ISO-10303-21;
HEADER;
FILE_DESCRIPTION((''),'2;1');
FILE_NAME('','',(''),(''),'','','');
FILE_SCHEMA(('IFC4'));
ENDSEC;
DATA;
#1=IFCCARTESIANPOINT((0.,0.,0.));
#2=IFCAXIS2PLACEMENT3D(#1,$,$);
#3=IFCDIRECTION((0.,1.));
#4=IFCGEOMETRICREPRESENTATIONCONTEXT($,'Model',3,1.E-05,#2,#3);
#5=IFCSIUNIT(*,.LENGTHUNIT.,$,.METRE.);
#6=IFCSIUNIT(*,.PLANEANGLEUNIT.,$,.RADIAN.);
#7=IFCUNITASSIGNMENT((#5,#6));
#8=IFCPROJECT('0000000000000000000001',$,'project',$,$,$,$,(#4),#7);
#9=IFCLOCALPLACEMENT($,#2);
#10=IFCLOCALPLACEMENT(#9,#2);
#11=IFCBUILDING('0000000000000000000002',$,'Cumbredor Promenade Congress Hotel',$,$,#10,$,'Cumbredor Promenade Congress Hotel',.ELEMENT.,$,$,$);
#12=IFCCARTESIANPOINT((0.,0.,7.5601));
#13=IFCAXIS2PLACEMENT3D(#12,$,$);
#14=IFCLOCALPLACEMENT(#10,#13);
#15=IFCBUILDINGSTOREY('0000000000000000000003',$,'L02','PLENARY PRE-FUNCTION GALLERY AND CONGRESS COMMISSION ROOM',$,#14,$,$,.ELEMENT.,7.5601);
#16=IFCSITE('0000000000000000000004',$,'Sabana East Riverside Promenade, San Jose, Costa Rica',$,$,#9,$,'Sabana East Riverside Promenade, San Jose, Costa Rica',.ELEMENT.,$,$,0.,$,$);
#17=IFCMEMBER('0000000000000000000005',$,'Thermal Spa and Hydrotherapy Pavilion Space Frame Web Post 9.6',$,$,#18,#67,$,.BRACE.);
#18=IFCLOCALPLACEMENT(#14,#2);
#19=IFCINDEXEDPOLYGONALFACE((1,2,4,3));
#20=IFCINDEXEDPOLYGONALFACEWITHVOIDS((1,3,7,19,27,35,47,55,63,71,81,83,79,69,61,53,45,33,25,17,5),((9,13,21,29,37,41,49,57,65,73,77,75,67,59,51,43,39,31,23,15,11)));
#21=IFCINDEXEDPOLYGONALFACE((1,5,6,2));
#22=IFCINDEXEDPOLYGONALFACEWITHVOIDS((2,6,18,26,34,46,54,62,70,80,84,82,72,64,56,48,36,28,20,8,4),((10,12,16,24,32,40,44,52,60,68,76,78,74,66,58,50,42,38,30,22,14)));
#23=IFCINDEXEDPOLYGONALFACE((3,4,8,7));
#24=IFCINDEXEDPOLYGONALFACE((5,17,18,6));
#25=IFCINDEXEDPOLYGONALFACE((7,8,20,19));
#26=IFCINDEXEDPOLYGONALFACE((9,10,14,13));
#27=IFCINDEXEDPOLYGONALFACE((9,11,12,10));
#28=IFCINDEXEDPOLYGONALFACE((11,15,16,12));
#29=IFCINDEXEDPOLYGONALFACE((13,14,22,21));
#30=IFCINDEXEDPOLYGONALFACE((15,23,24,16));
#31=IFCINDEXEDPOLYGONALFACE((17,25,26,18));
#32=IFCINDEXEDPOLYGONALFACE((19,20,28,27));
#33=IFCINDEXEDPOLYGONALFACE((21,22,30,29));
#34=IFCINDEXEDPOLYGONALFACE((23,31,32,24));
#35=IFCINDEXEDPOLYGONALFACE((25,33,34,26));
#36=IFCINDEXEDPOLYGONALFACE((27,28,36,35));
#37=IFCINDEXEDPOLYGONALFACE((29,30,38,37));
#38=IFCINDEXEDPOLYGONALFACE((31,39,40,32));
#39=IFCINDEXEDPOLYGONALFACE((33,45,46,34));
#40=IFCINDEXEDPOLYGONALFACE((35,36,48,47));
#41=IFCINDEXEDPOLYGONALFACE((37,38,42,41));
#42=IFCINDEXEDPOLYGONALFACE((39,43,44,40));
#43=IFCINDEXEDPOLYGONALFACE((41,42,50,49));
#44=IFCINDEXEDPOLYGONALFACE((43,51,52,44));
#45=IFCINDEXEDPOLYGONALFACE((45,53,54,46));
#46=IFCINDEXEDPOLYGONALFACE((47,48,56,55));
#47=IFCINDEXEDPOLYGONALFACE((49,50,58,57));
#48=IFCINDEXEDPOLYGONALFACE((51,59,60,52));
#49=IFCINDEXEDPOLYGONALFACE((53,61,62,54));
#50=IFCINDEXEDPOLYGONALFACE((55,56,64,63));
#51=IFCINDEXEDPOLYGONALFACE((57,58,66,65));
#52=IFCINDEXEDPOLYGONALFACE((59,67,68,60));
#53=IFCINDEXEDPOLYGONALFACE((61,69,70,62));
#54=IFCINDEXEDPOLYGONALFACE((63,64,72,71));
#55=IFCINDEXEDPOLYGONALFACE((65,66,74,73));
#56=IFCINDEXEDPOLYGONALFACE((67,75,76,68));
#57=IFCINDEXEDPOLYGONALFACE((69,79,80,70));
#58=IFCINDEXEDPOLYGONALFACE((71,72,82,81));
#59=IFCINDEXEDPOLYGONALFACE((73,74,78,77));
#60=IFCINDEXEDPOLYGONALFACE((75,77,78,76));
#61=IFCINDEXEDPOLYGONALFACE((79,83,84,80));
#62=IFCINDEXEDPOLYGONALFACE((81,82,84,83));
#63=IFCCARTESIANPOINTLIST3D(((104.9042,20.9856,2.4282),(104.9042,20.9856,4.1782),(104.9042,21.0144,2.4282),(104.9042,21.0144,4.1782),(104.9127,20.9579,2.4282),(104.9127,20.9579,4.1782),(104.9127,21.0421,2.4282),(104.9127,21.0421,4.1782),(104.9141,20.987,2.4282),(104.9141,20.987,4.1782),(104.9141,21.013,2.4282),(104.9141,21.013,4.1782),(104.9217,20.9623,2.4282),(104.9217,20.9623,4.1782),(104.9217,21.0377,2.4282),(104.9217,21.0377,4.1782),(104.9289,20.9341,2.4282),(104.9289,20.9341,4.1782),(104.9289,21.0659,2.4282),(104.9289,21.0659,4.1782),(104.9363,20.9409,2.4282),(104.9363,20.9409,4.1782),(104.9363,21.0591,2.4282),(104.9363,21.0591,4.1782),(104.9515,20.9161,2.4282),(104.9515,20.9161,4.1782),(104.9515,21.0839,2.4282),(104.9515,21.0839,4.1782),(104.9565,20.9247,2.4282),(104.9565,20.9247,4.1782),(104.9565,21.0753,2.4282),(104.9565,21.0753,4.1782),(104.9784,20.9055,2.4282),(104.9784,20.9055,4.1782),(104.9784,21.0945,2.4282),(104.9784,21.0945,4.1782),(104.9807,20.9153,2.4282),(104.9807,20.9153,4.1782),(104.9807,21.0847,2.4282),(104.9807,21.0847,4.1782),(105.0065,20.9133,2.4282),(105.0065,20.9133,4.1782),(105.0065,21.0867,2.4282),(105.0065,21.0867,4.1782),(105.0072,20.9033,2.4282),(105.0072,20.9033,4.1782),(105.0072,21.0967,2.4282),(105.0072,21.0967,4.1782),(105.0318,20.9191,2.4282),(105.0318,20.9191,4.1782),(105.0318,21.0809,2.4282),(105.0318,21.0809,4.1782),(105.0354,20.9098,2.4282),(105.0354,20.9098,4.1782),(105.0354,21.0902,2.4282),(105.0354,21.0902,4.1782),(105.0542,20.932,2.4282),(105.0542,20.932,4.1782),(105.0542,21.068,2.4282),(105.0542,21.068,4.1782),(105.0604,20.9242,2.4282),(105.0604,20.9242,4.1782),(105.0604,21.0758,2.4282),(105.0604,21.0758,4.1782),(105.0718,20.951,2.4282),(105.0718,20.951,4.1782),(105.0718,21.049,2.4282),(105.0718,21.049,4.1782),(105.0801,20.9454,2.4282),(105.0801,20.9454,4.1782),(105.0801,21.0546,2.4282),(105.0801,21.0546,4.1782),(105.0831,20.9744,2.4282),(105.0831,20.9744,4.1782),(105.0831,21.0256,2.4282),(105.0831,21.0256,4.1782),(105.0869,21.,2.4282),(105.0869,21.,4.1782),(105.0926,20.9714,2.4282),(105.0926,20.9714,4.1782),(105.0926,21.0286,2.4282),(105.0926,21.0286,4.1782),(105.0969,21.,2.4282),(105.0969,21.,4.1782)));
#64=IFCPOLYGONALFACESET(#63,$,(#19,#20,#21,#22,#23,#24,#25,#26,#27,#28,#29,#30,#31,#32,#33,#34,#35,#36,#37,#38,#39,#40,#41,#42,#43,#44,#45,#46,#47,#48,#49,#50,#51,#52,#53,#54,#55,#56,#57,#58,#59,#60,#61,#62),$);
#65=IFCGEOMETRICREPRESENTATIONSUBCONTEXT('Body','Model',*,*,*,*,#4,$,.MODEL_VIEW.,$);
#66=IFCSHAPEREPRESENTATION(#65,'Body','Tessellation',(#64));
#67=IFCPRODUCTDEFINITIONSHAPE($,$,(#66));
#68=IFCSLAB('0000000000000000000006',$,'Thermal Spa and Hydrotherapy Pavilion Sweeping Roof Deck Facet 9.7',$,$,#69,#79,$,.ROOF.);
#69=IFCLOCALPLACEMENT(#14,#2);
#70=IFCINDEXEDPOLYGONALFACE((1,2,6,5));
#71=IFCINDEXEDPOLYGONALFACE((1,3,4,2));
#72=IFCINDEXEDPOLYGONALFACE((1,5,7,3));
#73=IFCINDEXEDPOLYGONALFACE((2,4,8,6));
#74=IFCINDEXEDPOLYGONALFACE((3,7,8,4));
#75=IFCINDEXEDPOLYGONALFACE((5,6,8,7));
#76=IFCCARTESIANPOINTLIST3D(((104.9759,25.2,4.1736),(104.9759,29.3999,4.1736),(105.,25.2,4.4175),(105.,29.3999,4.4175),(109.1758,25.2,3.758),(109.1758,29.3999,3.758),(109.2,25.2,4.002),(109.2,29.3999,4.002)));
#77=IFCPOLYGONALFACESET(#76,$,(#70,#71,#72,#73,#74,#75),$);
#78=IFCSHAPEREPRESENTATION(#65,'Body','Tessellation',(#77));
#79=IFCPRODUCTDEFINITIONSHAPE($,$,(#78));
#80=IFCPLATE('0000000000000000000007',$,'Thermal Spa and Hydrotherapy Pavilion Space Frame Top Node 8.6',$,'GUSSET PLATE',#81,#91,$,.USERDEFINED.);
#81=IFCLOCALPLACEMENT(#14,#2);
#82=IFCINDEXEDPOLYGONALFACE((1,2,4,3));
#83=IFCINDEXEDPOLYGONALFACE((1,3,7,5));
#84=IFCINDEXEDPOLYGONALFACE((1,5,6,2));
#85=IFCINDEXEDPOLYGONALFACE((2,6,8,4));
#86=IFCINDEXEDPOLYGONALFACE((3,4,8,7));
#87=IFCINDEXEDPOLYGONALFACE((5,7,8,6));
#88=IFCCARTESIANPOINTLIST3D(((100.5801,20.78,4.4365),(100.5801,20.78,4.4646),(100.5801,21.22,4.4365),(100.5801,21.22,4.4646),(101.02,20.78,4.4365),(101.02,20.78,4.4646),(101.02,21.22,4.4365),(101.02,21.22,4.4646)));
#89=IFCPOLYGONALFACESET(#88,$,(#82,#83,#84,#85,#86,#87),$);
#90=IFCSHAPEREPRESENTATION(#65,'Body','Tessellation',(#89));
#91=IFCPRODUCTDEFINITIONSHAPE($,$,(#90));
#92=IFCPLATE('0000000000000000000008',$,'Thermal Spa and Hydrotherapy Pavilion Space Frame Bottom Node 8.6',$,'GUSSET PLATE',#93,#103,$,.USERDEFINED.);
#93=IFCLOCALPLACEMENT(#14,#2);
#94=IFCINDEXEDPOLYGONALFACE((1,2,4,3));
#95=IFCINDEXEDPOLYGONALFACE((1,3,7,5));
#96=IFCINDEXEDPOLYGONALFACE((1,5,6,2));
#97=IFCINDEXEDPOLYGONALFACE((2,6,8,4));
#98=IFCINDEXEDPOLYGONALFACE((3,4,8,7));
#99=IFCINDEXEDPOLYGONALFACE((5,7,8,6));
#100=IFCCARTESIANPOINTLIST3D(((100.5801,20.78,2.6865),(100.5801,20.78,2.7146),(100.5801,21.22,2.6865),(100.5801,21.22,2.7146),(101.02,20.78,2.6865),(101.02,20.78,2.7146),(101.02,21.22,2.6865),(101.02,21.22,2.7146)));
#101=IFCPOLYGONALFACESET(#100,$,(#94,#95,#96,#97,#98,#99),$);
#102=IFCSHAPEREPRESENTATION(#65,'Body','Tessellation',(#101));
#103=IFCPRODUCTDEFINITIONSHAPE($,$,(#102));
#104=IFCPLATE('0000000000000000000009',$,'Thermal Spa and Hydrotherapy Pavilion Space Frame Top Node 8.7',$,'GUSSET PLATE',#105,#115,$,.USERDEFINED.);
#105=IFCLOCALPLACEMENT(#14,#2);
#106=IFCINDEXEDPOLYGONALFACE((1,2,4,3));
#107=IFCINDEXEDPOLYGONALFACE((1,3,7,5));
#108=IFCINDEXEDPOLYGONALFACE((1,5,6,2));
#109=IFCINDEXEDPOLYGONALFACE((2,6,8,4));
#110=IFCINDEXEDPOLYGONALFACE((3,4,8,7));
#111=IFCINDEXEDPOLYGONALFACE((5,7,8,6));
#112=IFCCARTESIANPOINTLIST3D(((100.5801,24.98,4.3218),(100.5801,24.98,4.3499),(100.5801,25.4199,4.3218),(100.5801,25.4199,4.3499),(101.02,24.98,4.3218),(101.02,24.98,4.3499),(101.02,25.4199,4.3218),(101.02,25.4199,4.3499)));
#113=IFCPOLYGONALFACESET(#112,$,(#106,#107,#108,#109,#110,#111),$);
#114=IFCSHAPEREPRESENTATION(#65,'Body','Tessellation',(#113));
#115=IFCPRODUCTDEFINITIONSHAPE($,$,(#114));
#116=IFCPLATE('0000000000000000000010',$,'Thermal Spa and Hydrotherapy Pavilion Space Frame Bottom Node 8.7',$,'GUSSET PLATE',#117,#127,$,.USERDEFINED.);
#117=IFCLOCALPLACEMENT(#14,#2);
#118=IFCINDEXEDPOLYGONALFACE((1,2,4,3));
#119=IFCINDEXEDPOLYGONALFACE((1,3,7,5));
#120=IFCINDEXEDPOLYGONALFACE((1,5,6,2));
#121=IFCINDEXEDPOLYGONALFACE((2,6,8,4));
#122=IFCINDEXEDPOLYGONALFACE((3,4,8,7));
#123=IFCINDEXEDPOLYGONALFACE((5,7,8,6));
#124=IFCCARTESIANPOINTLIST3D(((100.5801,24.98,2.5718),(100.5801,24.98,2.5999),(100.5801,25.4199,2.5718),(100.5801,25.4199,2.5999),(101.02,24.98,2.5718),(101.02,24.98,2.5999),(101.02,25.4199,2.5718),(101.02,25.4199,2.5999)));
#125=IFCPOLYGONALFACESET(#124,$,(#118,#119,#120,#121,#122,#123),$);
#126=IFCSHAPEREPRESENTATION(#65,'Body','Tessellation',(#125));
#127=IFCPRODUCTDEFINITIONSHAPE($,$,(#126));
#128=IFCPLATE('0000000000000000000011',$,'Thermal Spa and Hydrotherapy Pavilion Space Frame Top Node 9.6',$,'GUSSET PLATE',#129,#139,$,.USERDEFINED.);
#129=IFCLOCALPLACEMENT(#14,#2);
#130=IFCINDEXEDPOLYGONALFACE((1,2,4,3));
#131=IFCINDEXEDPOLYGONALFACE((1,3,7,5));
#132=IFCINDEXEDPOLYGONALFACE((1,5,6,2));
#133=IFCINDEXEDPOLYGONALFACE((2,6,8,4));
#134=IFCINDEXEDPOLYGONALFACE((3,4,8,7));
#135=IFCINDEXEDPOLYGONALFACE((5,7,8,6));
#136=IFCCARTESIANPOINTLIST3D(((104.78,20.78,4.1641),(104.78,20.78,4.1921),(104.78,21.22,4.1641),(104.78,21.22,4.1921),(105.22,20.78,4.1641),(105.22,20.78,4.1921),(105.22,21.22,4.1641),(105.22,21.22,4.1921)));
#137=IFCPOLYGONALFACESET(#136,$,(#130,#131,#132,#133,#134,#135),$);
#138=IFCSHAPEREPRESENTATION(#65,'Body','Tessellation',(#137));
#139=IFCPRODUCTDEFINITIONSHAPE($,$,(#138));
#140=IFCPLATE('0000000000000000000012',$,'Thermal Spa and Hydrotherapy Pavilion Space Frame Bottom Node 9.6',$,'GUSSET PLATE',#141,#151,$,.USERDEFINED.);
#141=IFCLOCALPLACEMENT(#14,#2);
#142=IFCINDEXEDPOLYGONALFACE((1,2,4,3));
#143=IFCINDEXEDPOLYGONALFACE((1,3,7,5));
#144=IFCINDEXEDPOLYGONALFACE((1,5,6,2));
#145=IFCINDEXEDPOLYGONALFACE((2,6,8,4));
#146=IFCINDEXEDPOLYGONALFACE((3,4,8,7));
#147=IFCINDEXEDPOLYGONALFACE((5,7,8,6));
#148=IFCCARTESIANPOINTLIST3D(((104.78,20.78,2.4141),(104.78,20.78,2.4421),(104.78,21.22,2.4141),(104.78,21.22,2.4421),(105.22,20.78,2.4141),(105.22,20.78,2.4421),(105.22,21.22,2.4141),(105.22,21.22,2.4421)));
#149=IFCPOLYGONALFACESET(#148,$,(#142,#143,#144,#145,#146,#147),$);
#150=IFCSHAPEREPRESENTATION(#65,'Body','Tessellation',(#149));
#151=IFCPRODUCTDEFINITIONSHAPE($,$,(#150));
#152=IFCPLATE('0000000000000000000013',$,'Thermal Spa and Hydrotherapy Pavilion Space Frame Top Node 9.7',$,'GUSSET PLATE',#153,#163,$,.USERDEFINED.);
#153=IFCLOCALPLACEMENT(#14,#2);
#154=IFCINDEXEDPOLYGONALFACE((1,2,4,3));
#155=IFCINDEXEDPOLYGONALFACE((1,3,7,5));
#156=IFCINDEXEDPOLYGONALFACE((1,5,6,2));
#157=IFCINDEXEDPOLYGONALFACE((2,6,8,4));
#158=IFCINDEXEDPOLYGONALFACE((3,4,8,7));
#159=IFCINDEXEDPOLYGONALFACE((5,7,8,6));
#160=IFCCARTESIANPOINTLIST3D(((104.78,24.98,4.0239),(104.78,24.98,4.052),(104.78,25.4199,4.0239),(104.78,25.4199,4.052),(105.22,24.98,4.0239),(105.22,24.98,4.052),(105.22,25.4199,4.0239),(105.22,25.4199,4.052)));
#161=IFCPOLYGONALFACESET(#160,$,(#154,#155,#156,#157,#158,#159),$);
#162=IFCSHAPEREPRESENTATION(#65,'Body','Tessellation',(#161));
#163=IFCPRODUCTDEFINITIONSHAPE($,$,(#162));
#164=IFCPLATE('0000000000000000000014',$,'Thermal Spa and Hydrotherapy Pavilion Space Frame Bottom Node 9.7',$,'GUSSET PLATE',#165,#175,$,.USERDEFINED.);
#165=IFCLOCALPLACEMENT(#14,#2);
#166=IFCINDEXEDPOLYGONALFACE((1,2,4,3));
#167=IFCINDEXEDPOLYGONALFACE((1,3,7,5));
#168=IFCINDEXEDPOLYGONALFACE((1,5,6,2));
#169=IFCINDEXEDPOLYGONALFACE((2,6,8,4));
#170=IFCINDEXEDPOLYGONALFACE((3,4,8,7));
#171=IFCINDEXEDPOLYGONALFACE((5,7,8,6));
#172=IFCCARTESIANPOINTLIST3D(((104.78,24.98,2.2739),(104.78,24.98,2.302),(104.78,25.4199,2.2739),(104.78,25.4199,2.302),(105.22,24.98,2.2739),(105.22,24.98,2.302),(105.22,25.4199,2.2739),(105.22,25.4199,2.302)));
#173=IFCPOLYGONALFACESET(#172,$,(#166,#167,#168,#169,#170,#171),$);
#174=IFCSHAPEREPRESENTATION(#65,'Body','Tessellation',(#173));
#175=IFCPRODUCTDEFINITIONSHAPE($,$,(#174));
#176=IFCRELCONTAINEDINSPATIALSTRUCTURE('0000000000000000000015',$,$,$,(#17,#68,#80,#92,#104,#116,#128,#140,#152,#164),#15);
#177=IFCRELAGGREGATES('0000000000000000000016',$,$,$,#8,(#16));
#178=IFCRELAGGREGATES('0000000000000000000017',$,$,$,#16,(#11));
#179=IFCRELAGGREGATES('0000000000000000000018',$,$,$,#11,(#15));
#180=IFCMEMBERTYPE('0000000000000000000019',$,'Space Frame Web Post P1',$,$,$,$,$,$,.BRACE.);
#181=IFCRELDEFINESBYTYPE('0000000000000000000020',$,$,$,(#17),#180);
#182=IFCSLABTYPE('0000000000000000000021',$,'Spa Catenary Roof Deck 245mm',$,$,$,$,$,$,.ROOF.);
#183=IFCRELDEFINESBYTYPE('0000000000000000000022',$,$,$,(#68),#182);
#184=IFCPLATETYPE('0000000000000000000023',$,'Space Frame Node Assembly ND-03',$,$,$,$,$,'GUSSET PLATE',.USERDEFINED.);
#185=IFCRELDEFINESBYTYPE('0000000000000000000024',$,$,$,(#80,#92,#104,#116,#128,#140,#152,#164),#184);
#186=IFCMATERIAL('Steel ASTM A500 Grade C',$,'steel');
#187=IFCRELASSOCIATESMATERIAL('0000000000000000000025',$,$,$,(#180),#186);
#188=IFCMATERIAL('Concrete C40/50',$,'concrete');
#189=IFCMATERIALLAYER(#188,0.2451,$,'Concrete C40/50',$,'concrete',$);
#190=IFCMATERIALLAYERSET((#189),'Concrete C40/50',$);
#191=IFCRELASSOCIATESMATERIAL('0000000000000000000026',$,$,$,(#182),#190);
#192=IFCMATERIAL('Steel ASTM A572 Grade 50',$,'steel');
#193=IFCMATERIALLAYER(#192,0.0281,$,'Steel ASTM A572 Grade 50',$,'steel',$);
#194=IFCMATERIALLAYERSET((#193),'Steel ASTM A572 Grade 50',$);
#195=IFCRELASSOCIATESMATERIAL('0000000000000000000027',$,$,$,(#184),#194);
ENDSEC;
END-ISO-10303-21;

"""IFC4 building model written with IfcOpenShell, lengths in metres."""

from ifc_helpers import new_model, si_unit, direction, frame, origin, origin_2d, place, context, subcontext, project, spatial, polyline, rectangle, hollow_circle, outline, extrude, material, layer, layer_set, material_profile, profile_set, type_object, element, save


model = new_model("IFC4")

# Units and contexts
model_context = context("Model", 3, precision=1e-05, world=origin(), true_north=direction((0.0, 1.0)))
body_context = subcontext(model_context, "Body", "Model", "MODEL_VIEW")
ifc_project = project(units=[si_unit("LENGTHUNIT", "METRE"), si_unit("PLANEANGLEUNIT", "RADIAN")], contexts=[model_context])

# Site, building, storey
site_placement = place(None, origin())
site = spatial("IfcSite", under=ifc_project, at=site_placement, Name="Sabana East Riverside Promenade, San Jose, Costa Rica", LongName="Sabana East Riverside Promenade, San Jose, Costa Rica", CompositionType="ELEMENT", RefElevation=0.0)
building_placement = place(site_placement, origin())
building = spatial("IfcBuilding", under=site, at=building_placement, Name="Cumbredor Promenade Congress Hotel", LongName="Cumbredor Promenade Congress Hotel", CompositionType="ELEMENT")
storey_placement = place(building_placement, frame((0.0, 0.0, 7.5601)))
storey = spatial("IfcBuildingStorey", under=building, at=storey_placement, Name="L02", Description="PLENARY PRE-FUNCTION GALLERY AND CONGRESS COMMISSION ROOM", CompositionType="ELEMENT", Elevation=7.5601)

# Member
ifc_material_1 = material(Name="Steel ASTM A500 Grade C", Category="steel")
ifc_material_profile_1 = material_profile(ifc_material_1, hollow_circle(Radius=0.0969, WallThickness=0.01, at=origin_2d()), Name="CHS 193.7x10")
ifc_profile_set_1 = profile_set([ifc_material_profile_1], Name="Steel ASTM A500 Grade C")
member_type_1 = type_object("IfcMemberType", Name="Space Frame Web Post P1", PredefinedType="BRACE", material=ifc_profile_set_1)
for number, where, z_axis, x_axis, name in (
    (1, (105.0, 21.0, 2.4282), (0.0, 0.0, 1.0), (1.0, 0.0, 0.0), "Thermal Spa and Hydrotherapy Pavilion Space Frame Web Post 9.6"),
):
    element("IfcMember", number, at=place(storey_placement, frame(where, z_axis=z_axis, x_axis=x_axis)), inside=storey, type_object=member_type_1, Name=name, PredefinedType="BRACE", context=body_context, shape_type="SweptSolid", body=[
        extrude(hollow_circle(Radius=0.0969, WallThickness=0.01, at=origin_2d()), origin(), (0.0, 0.0, 1.0), 1.75),
    ])

# Slab
ifc_material_2 = material(Name="Concrete C40/50", Category="concrete")
ifc_layer_1 = layer(ifc_material_2, 0.2451, Name="Concrete C40/50", Category="concrete")
ifc_layer_set_1 = layer_set([ifc_layer_1], Name="Concrete C40/50")
slab_type = type_object("IfcSlabType", Name="Spa Catenary Roof Deck 245mm", PredefinedType="ROOF", material=ifc_layer_set_1)
slab_placement = place(storey_placement, frame((105.0, 25.2, 4.4175), z_axis=(0.098456, 0.0, 0.995141), x_axis=(0.995141, 0.0, -0.098456)))
element("IfcSlab", 2, at=slab_placement, inside=storey, type_object=slab_type, Name="Thermal Spa and Hydrotherapy Pavilion Sweeping Roof Deck Facet 9.7", PredefinedType="ROOF", context=body_context, shape_type="SweptSolid", body=[
    extrude(outline(polyline([(0.0, 0.0), (4.2205, 0.0), (4.2205, 4.2), (0.0, 4.2), (0.0, 0.0)])), origin(), (0.0, 0.0, -1.0), 0.2451),
])

# Plates
ifc_material_3 = material(Name="Steel ASTM A572 Grade 50", Category="steel")
ifc_layer_2 = layer(ifc_material_3, 0.0281, Name="Steel ASTM A572 Grade 50", Category="steel")
ifc_layer_set_2 = layer_set([ifc_layer_2], Name="Steel ASTM A572 Grade 50")
plate_type = type_object("IfcPlateType", Name="Space Frame Node Assembly ND-03", ElementType="GUSSET PLATE", PredefinedType="USERDEFINED", material=ifc_layer_set_2)
for number, where, z_axis, x_axis, name in (
    (3, (100.8, 21.0, 4.4365), (0.0, 0.0, 1.0), (1.0, 0.0, 0.0), "Thermal Spa and Hydrotherapy Pavilion Space Frame Top Node 8.6"),
    (4, (100.8, 21.0, 2.6865), (0.0, 0.0, 1.0), (1.0, 0.0, 0.0), "Thermal Spa and Hydrotherapy Pavilion Space Frame Bottom Node 8.6"),
    (5, (100.8, 25.2, 4.3218), (0.0, 0.0, 1.0), (1.0, 0.0, 0.0), "Thermal Spa and Hydrotherapy Pavilion Space Frame Top Node 8.7"),
    (6, (100.8, 25.2, 2.5718), (0.0, 0.0, 1.0), (1.0, 0.0, 0.0), "Thermal Spa and Hydrotherapy Pavilion Space Frame Bottom Node 8.7"),
    (7, (105.0, 21.0, 4.1641), (0.0, 0.0, 1.0), (1.0, 0.0, 0.0), "Thermal Spa and Hydrotherapy Pavilion Space Frame Top Node 9.6"),
    (8, (105.0, 21.0, 2.4141), (0.0, 0.0, 1.0), (1.0, 0.0, 0.0), "Thermal Spa and Hydrotherapy Pavilion Space Frame Bottom Node 9.6"),
    (9, (105.0, 25.2, 4.0239), (0.0, 0.0, 1.0), (1.0, 0.0, 0.0), "Thermal Spa and Hydrotherapy Pavilion Space Frame Top Node 9.7"),
    (10, (105.0, 25.2, 2.2739), (0.0, 0.0, 1.0), (1.0, 0.0, 0.0), "Thermal Spa and Hydrotherapy Pavilion Space Frame Bottom Node 9.7"),
):
    element("IfcPlate", number, at=place(storey_placement, frame(where, z_axis=z_axis, x_axis=x_axis)), inside=storey, type_object=plate_type, Name=name, ObjectType="GUSSET PLATE", PredefinedType="USERDEFINED", context=body_context, shape_type="SweptSolid", body=[
        extrude(rectangle(XDim=0.4399, YDim=0.4399, at=origin_2d()), origin(), (0.0, 0.0, 1.0), 0.0281),
    ])

save(model, "model.ifc")
